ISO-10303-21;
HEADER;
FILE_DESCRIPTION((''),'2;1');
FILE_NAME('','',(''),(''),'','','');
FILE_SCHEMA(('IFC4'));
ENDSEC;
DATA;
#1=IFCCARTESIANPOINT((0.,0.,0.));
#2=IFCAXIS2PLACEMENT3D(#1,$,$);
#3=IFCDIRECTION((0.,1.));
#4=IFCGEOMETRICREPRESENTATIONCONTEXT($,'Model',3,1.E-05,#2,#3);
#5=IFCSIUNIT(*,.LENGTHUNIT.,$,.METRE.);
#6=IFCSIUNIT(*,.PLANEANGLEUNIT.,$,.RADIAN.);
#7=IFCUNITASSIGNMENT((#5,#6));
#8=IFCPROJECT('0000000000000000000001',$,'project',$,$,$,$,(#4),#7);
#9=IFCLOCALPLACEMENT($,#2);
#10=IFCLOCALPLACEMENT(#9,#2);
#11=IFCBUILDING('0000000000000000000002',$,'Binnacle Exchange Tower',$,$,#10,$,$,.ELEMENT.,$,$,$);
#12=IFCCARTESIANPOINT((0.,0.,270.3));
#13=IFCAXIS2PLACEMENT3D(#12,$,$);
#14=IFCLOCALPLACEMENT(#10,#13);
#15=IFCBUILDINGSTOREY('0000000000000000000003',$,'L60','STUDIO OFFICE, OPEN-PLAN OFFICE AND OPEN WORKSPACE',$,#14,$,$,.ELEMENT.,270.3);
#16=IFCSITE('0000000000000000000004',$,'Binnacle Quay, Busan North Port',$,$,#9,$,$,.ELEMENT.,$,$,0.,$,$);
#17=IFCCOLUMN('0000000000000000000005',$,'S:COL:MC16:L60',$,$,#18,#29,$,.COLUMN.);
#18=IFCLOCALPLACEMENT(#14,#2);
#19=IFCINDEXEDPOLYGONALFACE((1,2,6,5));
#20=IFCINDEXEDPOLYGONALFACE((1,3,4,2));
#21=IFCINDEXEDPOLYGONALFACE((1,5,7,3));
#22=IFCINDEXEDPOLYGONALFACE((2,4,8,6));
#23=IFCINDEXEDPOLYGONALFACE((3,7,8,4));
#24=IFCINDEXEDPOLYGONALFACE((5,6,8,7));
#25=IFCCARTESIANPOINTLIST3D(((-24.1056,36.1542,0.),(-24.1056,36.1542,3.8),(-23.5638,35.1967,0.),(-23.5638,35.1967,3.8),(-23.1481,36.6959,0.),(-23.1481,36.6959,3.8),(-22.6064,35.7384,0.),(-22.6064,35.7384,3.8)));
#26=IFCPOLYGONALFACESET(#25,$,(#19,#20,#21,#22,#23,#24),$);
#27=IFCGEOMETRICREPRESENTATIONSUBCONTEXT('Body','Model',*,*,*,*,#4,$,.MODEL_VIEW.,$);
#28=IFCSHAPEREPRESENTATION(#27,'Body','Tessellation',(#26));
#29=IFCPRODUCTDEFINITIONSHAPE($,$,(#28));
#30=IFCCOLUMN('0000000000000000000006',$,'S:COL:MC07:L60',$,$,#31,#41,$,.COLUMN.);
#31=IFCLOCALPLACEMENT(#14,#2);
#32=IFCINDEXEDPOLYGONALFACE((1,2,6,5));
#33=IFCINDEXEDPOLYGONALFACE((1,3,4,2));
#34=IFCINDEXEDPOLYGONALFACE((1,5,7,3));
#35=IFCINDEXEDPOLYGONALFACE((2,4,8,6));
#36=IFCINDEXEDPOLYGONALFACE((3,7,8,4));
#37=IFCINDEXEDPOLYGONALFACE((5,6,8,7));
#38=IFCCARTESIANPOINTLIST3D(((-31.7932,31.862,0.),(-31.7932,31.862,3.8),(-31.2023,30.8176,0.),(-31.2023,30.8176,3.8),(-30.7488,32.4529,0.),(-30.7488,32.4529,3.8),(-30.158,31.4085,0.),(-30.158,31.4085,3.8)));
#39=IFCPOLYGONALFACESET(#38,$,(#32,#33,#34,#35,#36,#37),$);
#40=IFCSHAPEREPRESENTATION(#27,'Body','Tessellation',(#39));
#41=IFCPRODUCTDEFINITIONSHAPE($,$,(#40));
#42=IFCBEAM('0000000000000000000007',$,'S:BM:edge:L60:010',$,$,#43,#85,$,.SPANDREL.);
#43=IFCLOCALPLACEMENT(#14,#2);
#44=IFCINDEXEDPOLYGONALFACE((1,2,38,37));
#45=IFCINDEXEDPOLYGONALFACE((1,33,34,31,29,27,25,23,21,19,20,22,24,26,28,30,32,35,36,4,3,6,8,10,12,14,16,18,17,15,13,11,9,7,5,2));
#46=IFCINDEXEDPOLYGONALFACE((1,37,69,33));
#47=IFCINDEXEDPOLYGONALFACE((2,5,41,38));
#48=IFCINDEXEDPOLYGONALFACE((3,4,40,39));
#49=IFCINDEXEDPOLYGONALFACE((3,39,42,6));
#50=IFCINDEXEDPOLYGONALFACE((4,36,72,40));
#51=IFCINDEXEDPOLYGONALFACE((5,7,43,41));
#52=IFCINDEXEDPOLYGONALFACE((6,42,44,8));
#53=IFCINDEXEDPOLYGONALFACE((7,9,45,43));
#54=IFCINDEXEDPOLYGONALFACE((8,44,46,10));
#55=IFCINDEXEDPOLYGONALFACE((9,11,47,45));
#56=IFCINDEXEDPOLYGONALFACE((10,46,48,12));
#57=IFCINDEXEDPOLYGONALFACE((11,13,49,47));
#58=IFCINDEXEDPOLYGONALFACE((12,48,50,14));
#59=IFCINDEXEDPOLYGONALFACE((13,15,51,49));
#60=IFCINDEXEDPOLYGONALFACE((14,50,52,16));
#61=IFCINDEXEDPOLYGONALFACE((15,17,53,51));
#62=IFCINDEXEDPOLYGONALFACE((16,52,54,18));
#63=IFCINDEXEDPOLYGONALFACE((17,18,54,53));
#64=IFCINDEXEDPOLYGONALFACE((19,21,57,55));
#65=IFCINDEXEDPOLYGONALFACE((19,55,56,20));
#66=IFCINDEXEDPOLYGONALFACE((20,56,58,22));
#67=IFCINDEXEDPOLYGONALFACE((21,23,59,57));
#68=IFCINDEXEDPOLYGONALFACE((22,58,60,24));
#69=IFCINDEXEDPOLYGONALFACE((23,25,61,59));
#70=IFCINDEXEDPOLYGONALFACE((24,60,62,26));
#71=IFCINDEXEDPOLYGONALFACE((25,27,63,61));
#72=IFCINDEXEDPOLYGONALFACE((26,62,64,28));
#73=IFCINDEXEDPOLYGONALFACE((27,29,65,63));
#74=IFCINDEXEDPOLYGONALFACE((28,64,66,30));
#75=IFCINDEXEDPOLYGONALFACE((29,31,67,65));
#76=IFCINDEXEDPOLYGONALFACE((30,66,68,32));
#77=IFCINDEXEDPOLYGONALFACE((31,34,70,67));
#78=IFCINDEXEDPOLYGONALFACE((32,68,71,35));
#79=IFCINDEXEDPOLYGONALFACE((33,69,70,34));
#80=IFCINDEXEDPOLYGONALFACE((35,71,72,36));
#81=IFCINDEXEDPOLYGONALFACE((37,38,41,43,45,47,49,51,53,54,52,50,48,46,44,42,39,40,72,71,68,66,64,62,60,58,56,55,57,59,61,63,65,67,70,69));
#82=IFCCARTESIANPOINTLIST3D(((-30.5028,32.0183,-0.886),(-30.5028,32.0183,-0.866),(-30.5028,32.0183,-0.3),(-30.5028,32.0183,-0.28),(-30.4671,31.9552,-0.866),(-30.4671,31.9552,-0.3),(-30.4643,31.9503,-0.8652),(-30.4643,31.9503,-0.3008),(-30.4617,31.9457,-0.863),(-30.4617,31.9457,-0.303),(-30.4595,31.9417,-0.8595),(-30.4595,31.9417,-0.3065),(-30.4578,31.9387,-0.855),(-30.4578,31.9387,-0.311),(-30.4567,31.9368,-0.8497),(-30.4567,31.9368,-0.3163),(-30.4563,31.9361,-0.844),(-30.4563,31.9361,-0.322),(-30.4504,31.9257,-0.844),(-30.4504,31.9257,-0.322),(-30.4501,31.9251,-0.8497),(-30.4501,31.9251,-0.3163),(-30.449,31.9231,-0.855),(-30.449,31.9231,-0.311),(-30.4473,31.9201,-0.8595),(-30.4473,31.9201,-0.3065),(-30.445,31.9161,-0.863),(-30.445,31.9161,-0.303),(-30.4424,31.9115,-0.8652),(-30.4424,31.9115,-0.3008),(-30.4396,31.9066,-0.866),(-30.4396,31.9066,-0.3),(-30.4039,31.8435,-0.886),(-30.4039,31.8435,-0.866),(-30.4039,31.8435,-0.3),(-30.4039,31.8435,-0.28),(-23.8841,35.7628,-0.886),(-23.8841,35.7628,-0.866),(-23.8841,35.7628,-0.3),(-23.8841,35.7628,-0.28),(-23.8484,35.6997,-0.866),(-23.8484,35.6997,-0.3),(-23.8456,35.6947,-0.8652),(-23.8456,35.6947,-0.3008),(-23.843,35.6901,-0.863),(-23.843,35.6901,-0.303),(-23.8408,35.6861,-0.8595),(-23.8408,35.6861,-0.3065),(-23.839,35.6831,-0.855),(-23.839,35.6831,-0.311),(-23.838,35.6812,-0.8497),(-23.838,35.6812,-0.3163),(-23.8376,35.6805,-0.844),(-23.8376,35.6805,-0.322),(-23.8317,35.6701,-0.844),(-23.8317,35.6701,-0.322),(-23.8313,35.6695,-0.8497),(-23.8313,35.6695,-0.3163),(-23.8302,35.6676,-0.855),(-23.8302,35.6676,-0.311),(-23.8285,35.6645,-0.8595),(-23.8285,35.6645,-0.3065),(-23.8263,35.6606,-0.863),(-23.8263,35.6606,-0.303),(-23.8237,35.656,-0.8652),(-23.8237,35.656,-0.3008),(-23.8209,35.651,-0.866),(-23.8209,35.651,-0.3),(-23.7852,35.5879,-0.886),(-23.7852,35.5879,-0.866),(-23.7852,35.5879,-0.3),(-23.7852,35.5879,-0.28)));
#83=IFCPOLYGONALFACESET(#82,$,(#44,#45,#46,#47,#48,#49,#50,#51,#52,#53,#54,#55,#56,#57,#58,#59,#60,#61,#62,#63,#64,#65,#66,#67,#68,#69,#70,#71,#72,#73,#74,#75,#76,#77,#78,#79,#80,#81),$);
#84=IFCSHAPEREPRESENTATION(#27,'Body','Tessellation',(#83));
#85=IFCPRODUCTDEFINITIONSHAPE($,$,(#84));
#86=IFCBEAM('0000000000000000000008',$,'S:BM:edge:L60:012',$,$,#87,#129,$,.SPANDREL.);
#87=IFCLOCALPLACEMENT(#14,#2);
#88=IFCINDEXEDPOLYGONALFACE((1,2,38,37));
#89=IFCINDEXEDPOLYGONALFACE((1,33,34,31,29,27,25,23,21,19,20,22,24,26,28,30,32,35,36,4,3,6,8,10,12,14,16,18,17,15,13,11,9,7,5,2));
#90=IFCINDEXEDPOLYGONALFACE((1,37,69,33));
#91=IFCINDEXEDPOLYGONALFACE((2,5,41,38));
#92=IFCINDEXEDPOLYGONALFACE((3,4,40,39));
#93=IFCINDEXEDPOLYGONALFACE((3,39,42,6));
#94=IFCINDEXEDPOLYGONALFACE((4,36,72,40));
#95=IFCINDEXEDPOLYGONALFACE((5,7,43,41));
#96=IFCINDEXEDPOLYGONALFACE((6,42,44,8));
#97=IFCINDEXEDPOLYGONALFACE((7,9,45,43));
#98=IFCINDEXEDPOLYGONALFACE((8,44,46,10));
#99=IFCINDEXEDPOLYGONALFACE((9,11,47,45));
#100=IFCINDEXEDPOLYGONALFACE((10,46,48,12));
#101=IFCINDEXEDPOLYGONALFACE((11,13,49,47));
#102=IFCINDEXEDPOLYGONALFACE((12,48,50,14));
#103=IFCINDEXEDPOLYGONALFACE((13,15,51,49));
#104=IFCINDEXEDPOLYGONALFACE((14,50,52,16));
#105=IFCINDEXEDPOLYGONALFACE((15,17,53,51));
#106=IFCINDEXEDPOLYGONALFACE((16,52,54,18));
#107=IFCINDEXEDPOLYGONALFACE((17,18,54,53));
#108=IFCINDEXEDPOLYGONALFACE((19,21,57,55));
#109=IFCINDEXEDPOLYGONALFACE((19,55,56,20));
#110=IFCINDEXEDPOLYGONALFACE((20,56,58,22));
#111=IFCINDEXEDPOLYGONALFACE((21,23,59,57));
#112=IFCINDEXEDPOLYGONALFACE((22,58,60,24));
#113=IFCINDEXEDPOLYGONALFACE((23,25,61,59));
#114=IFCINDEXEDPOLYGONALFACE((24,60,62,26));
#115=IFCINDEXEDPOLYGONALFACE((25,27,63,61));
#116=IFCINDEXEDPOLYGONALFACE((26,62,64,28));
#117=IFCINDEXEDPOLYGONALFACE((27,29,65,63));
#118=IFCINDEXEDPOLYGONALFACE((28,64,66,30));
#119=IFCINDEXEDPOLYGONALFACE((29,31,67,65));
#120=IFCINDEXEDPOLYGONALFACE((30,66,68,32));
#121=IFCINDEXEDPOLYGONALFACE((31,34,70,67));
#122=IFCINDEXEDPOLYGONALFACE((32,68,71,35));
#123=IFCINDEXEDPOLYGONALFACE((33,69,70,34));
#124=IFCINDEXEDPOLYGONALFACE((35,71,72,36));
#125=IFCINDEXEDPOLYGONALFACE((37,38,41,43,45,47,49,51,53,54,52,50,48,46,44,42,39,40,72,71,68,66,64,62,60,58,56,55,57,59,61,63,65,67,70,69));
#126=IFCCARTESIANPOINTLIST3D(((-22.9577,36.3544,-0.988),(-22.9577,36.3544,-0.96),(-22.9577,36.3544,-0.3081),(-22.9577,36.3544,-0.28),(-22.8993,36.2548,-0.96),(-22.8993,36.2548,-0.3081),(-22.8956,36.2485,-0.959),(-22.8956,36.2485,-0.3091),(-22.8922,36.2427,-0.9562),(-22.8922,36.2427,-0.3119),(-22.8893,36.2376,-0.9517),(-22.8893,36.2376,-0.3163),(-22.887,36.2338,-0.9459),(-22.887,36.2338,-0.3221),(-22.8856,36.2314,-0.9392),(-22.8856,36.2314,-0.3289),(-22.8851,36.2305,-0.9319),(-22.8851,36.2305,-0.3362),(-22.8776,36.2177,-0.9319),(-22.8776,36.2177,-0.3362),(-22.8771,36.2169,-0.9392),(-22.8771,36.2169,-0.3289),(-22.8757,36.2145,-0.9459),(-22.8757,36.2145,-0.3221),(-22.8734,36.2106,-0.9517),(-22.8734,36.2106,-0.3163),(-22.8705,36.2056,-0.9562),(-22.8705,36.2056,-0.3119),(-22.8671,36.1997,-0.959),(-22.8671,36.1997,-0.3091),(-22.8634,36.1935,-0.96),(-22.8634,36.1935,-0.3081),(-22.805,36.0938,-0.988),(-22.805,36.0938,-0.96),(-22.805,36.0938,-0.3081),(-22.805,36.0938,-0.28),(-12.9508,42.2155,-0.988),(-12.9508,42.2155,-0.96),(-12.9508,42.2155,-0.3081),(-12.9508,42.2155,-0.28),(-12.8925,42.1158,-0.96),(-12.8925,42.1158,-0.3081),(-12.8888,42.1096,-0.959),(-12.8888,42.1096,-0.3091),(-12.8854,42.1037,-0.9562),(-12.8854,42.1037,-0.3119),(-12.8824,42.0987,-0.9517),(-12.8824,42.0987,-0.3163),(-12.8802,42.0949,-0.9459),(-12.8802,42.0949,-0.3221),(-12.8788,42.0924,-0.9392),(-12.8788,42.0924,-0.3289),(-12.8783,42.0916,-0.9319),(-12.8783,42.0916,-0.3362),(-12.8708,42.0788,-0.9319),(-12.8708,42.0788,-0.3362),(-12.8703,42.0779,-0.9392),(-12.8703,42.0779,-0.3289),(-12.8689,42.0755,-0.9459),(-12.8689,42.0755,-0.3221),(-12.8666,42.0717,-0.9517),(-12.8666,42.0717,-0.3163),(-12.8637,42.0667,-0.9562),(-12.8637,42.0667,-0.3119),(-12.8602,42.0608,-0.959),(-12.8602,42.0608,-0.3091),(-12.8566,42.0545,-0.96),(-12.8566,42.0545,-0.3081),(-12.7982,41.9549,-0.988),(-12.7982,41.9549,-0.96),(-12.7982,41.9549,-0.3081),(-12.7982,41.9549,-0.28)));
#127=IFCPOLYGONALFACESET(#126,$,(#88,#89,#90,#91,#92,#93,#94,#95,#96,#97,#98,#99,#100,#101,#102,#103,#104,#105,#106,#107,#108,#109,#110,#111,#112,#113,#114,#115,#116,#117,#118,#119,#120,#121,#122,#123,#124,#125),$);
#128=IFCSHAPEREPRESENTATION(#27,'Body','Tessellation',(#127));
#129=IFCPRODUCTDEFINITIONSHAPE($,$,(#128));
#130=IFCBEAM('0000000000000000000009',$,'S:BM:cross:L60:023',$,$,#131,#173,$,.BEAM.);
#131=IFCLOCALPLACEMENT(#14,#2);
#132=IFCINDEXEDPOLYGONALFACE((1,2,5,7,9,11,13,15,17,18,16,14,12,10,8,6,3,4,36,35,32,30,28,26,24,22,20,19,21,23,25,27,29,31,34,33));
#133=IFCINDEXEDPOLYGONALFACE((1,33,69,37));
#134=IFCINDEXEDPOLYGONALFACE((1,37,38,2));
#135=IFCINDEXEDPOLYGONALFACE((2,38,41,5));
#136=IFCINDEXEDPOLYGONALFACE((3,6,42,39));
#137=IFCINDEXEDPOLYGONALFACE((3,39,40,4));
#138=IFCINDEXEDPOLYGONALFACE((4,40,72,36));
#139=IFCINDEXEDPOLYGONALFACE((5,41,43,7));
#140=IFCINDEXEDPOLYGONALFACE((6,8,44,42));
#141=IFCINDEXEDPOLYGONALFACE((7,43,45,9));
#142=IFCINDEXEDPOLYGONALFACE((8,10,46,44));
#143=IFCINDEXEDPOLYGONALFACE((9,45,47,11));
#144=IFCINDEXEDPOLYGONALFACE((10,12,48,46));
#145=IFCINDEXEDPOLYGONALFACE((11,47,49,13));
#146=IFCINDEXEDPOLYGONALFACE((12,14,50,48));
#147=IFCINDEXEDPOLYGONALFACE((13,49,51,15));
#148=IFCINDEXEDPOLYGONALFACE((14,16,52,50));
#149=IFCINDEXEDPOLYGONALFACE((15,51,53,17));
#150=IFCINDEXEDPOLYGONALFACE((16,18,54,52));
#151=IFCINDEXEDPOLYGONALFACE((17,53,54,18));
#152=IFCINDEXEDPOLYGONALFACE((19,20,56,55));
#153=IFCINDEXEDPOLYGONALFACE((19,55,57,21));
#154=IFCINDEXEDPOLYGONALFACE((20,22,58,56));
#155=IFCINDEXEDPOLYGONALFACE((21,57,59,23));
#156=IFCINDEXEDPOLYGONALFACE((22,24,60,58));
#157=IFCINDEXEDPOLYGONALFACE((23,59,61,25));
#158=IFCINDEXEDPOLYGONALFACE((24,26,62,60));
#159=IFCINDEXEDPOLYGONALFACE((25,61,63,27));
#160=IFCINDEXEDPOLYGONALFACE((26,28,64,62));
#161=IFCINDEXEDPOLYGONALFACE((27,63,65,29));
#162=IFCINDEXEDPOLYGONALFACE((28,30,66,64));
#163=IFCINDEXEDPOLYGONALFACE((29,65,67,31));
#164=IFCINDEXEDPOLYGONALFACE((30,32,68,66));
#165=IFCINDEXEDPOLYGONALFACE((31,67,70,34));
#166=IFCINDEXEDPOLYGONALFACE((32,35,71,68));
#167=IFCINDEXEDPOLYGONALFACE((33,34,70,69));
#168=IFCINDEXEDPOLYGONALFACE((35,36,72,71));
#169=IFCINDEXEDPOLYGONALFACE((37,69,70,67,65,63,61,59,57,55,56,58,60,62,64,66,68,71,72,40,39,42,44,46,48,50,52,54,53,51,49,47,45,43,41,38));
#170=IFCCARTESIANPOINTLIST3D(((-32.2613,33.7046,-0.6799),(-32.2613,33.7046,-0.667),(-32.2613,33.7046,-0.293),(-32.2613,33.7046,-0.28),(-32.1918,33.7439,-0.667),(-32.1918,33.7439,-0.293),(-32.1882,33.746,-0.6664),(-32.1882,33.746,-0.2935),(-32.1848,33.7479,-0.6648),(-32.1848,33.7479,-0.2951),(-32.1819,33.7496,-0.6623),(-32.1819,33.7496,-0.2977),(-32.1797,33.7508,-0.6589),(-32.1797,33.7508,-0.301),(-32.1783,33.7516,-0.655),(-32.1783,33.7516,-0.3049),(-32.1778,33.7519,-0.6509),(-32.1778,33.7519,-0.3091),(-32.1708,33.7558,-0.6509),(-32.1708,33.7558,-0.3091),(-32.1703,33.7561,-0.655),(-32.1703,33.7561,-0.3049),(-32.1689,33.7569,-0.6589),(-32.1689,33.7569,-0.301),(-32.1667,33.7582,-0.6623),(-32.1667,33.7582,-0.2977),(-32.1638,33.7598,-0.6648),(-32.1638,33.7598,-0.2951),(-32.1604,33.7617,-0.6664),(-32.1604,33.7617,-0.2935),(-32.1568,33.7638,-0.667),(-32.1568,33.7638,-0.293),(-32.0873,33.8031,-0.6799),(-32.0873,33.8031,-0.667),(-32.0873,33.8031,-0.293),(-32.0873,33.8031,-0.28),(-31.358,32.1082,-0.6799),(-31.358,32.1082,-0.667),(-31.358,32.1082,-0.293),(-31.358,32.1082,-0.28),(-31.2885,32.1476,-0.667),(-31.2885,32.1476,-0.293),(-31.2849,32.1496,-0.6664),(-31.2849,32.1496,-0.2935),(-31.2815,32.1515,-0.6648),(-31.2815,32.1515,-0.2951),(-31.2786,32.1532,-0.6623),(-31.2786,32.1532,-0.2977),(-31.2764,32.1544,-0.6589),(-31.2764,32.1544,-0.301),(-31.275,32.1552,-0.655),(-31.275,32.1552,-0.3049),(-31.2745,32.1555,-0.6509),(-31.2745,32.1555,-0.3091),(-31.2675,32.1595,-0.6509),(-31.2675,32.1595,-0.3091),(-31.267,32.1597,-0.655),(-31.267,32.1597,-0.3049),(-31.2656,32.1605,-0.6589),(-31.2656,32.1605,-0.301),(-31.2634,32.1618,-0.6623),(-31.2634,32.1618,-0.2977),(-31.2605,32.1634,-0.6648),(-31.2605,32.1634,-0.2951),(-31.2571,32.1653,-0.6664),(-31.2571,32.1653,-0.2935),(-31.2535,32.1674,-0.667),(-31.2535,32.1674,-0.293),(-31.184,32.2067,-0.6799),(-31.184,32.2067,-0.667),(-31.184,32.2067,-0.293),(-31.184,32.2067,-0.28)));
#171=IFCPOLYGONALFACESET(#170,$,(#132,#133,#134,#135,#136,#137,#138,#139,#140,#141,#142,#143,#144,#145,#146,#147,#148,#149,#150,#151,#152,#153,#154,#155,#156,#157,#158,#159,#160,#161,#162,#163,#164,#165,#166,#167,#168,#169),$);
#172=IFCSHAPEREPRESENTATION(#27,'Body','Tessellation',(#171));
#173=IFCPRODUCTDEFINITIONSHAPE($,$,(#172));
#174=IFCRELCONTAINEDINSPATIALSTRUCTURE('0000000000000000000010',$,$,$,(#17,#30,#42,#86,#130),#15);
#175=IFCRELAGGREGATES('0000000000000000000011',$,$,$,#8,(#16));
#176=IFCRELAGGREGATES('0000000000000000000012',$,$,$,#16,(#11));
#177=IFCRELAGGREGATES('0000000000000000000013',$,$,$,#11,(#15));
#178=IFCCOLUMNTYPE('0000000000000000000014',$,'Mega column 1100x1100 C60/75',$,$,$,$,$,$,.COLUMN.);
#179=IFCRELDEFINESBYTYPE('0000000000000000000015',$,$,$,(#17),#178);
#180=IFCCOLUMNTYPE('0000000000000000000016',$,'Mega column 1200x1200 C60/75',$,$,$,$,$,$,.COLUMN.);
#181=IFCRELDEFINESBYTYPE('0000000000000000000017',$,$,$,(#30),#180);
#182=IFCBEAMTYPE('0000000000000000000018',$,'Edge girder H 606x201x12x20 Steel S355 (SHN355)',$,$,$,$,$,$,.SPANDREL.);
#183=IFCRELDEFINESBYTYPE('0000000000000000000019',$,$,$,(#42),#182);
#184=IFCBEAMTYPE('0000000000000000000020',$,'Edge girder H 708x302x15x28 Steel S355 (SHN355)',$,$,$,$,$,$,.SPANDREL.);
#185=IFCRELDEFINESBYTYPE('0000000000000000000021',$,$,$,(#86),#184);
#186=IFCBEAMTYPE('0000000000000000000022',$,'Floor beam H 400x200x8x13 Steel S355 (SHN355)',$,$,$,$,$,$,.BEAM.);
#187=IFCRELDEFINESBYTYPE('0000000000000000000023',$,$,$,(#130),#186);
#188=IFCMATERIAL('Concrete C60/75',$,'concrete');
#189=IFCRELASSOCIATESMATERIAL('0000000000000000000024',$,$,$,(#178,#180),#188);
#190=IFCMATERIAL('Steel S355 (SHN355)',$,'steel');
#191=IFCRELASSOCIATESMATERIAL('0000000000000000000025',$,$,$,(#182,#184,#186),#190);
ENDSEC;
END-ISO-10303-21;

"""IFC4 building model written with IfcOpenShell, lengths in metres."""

from ifc_helpers import new_model, si_unit, direction, frame, origin, origin_2d, place, context, subcontext, project, spatial, rectangle, i_section, extrude, material, material_profile, profile_set, type_object, element, save


model = new_model("IFC4")

# Units and contexts
model_context = context("Model", 3, precision=1e-05, world=origin(), true_north=direction((0.0, 1.0)))
body_context = subcontext(model_context, "Body", "Model", "MODEL_VIEW")
ifc_project = project(units=[si_unit("LENGTHUNIT", "METRE"), si_unit("PLANEANGLEUNIT", "RADIAN")], contexts=[model_context])

# Site, building, storey
site_placement = place(None, origin())
site = spatial("IfcSite", under=ifc_project, at=site_placement, Name="Binnacle Quay, Busan North Port", CompositionType="ELEMENT", RefElevation=0.0)
building_placement = place(site_placement, origin())
building = spatial("IfcBuilding", under=site, at=building_placement, Name="Binnacle Exchange Tower", CompositionType="ELEMENT")
storey_placement = place(building_placement, frame((0.0, 0.0, 270.3)))
storey = spatial("IfcBuildingStorey", under=building, at=storey_placement, Name="L60", Description="STUDIO OFFICE, OPEN-PLAN OFFICE AND OPEN WORKSPACE", CompositionType="ELEMENT", Elevation=270.3)

# Columns
ifc_material_1 = material(Name="Concrete C60/75", Category="concrete")
ifc_material_profile_1 = material_profile(ifc_material_1, rectangle(XDim=1.1001, YDim=1.1001, at=origin_2d()), Name="Mega column 1100x1100 C60/75")
ifc_profile_set_1 = profile_set([ifc_material_profile_1], Name="Concrete C60/75")
column_type_1 = type_object("IfcColumnType", Name="Mega column 1100x1100 C60/75", PredefinedType="COLUMN", material=ifc_profile_set_1)
column_1_placement = place(storey_placement, frame((-23.356, 35.9463, 0.0), z_axis=(0.0, 0.0, 1.0), x_axis=(0.870356, 0.492424, 0.0)))
element("IfcColumn", 1, at=column_1_placement, inside=storey, type_object=column_type_1, Name="S:COL:MC16:L60", PredefinedType="COLUMN", context=body_context, shape_type="SweptSolid", body=[
    extrude(rectangle(XDim=1.1001, YDim=1.1001, at=origin_2d()), origin(), (0.0, 0.0, 1.0), 3.8),
])
ifc_material_profile_2 = material_profile(ifc_material_1, rectangle(XDim=1.2, YDim=1.2, at=origin_2d()), Name="Mega column 1200x1200 C60/75")
ifc_profile_set_2 = profile_set([ifc_material_profile_2], Name="Concrete C60/75")
column_type_2 = type_object("IfcColumnType", Name="Mega column 1200x1200 C60/75", PredefinedType="COLUMN", material=ifc_profile_set_2)
column_2_placement = place(storey_placement, frame((-30.9756, 31.6353, 0.0), z_axis=(0.0, 0.0, 1.0), x_axis=(0.870356, 0.492424, 0.0)))
element("IfcColumn", 2, at=column_2_placement, inside=storey, type_object=column_type_2, Name="S:COL:MC07:L60", PredefinedType="COLUMN", context=body_context, shape_type="SweptSolid", body=[
    extrude(rectangle(XDim=1.2, YDim=1.2, at=origin_2d()), origin(), (0.0, 0.0, 1.0), 3.8),
])

# Beams
ifc_material_2 = material(Name="Steel S355 (SHN355)", Category="steel")
ifc_material_profile_3 = material_profile(ifc_material_2, i_section(OverallWidth=0.2009, OverallDepth=0.606, WebThickness=0.012, FlangeThickness=0.02, FilletRadius=0.022, at=origin_2d()), Name="H 606x201x12x20")
ifc_profile_set_3 = profile_set([ifc_material_profile_3], Name="Steel S355 (SHN355)")
beam_type_1 = type_object("IfcBeamType", Name="Edge girder H 606x201x12x20 Steel S355 (SHN355)", PredefinedType="SPANDREL", material=ifc_profile_set_3)
beam_1_placement = place(storey_placement, frame((-30.4534, 31.9309, -0.583), z_axis=(0.870371, 0.492397, 0.0), x_axis=(-0.492397, 0.870371, 0.0)))
element("IfcBeam", 3, at=beam_1_placement, inside=storey, type_object=beam_type_1, Name="S:BM:edge:L60:010", PredefinedType="SPANDREL", context=body_context, shape_type="SweptSolid", body=[
    extrude(i_section(OverallWidth=0.2009, OverallDepth=0.606, WebThickness=0.012, FlangeThickness=0.02, FilletRadius=0.022, at=origin_2d()), origin(), (0.0, 0.0, 1.0), 7.6045),
])
ifc_material_profile_4 = material_profile(ifc_material_2, i_section(OverallWidth=0.302, OverallDepth=0.708, WebThickness=0.0149, FlangeThickness=0.0281, FilletRadius=0.0281, at=origin_2d()), Name="H 708x302x15x28")
ifc_profile_set_4 = profile_set([ifc_material_profile_4], Name="Steel S355 (SHN355)")
beam_type_2 = type_object("IfcBeamType", Name="Edge girder H 708x302x15x28 Steel S355 (SHN355)", PredefinedType="SPANDREL", material=ifc_profile_set_4)
beam_2_placement = place(storey_placement, frame((-22.8813, 36.2241, -0.634), z_axis=(0.862886, 0.505399, 0.0), x_axis=(-0.505399, 0.862886, 0.0)))
element("IfcBeam", 4, at=beam_2_placement, inside=storey, type_object=beam_type_2, Name="S:BM:edge:L60:012", PredefinedType="SPANDREL", context=body_context, shape_type="SweptSolid", body=[
    extrude(i_section(OverallWidth=0.302, OverallDepth=0.708, WebThickness=0.0149, FlangeThickness=0.0281, FilletRadius=0.0281, at=origin_2d()), origin(), (0.0, 0.0, 1.0), 11.5969),
])
ifc_material_profile_5 = material_profile(ifc_material_2, i_section(OverallWidth=0.2, OverallDepth=0.3999, WebThickness=0.0081, FlangeThickness=0.0129, FilletRadius=0.0161, at=origin_2d()), Name="H 400x200x8x13")
ifc_profile_set_5 = profile_set([ifc_material_profile_5], Name="Steel S355 (SHN355)")
beam_type_3 = type_object("IfcBeamType", Name="Floor beam H 400x200x8x13 Steel S355 (SHN355)", PredefinedType="BEAM", material=ifc_profile_set_5)
beam_3_placement = place(storey_placement, frame((-31.271, 32.1575, -0.48), z_axis=(-0.492465, 0.870332, 0.0), x_axis=(-0.870332, -0.492465, 0.0)))
element("IfcBeam", 5, at=beam_3_placement, inside=storey, type_object=beam_type_3, Name="S:BM:cross:L60:023", PredefinedType="BEAM", context=body_context, shape_type="SweptSolid", body=[
    extrude(i_section(OverallWidth=0.2, OverallDepth=0.3999, WebThickness=0.0081, FlangeThickness=0.0129, FilletRadius=0.0161, at=origin_2d()), origin(), (0.0, 0.0, 1.0), 1.8342),
])

save(model, "model.ifc")
